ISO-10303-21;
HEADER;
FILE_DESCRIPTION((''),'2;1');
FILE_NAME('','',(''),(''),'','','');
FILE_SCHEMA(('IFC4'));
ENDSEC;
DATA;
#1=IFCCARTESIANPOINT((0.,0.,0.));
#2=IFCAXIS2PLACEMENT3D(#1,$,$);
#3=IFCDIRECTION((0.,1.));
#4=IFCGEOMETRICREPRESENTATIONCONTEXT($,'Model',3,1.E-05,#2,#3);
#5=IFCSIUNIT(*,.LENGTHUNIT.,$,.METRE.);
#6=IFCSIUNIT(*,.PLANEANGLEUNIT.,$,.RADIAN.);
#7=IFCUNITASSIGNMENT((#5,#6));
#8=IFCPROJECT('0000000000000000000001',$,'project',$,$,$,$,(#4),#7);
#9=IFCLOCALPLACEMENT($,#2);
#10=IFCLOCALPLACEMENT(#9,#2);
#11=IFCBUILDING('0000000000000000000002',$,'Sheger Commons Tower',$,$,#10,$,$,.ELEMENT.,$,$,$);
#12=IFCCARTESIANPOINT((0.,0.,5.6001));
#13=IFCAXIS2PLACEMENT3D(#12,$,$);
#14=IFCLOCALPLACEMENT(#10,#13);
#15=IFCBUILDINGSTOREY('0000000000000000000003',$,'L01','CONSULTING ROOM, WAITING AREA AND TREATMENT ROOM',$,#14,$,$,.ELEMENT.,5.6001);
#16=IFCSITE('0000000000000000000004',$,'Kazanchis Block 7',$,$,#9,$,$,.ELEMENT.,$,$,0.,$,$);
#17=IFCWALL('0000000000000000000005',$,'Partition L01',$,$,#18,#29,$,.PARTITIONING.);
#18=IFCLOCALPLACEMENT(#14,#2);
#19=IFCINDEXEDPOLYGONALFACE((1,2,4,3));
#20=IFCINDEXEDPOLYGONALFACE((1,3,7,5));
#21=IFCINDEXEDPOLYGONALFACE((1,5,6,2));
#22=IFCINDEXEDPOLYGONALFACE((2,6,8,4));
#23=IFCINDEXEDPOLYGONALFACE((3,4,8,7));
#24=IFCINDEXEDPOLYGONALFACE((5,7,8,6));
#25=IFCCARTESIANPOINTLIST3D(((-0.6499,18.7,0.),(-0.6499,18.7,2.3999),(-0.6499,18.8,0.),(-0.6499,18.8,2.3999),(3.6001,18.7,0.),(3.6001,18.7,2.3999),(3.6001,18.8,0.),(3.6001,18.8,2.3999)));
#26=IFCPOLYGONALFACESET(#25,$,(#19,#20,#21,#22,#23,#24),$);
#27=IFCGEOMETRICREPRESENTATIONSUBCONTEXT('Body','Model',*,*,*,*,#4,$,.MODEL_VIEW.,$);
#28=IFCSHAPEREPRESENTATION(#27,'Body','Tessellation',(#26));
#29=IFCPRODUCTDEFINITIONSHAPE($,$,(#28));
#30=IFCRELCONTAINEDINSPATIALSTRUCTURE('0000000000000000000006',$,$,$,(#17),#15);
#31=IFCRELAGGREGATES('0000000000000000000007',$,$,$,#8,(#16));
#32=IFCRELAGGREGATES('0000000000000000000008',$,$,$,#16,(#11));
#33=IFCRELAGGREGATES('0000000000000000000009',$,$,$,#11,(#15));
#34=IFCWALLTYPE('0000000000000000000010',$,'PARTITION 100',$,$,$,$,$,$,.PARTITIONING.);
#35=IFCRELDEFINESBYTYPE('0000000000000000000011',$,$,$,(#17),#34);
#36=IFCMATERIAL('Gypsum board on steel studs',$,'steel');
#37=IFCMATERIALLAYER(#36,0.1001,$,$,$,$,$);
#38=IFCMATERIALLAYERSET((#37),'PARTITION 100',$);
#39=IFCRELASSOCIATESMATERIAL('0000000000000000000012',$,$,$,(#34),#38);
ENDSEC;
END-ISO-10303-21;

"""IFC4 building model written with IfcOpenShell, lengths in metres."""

from ifc_helpers import new_model, si_unit, direction, frame, frame_2d, origin, place, context, subcontext, project, spatial, rectangle, extrude, material, layer, layer_set, type_object, element, save


model = new_model("IFC4")

# Units and contexts
model_context = context("Model", 3, precision=1e-05, world=origin(), true_north=direction((0.0, 1.0)))
body_context = subcontext(model_context, "Body", "Model", "MODEL_VIEW")
ifc_project = project(units=[si_unit("LENGTHUNIT", "METRE"), si_unit("PLANEANGLEUNIT", "RADIAN")], contexts=[model_context])

# Site, building, storey
site_placement = place(None, origin())
site = spatial("IfcSite", under=ifc_project, at=site_placement, Name="Kazanchis Block 7", CompositionType="ELEMENT", RefElevation=0.0)
building_placement = place(site_placement, origin())
building = spatial("IfcBuilding", under=site, at=building_placement, Name="Sheger Commons Tower", CompositionType="ELEMENT")
storey_placement = place(building_placement, frame((0.0, 0.0, 5.6001)))
storey = spatial("IfcBuildingStorey", under=building, at=storey_placement, Name="L01", Description="CONSULTING ROOM, WAITING AREA AND TREATMENT ROOM", CompositionType="ELEMENT", Elevation=5.6001)

# Wall
ifc_material_1 = material(Name="Gypsum board on steel studs", Category="steel")
ifc_layer_1 = layer(ifc_material_1, 0.1001)
ifc_layer_set_1 = layer_set([ifc_layer_1], Name="PARTITION 100")
wall_type_1 = type_object("IfcWallType", Name="PARTITION 100", PredefinedType="PARTITIONING", material=ifc_layer_set_1)
wall_1_placement = place(storey_placement, frame((-0.6499, 18.75, 0.0), z_axis=(0.0, 0.0, 1.0), x_axis=(1.0, 0.0, 0.0)))
element("IfcWall", 1, at=wall_1_placement, inside=storey, type_object=wall_type_1, Name="Partition L01", PredefinedType="PARTITIONING", context=body_context, shape_type="SweptSolid", body=[
    extrude(rectangle(XDim=4.25, YDim=0.1001, at=frame_2d((2.125, 0.0))), origin(), (0.0, 0.0, 1.0), 2.3999),
])

save(model, "model.ifc")
